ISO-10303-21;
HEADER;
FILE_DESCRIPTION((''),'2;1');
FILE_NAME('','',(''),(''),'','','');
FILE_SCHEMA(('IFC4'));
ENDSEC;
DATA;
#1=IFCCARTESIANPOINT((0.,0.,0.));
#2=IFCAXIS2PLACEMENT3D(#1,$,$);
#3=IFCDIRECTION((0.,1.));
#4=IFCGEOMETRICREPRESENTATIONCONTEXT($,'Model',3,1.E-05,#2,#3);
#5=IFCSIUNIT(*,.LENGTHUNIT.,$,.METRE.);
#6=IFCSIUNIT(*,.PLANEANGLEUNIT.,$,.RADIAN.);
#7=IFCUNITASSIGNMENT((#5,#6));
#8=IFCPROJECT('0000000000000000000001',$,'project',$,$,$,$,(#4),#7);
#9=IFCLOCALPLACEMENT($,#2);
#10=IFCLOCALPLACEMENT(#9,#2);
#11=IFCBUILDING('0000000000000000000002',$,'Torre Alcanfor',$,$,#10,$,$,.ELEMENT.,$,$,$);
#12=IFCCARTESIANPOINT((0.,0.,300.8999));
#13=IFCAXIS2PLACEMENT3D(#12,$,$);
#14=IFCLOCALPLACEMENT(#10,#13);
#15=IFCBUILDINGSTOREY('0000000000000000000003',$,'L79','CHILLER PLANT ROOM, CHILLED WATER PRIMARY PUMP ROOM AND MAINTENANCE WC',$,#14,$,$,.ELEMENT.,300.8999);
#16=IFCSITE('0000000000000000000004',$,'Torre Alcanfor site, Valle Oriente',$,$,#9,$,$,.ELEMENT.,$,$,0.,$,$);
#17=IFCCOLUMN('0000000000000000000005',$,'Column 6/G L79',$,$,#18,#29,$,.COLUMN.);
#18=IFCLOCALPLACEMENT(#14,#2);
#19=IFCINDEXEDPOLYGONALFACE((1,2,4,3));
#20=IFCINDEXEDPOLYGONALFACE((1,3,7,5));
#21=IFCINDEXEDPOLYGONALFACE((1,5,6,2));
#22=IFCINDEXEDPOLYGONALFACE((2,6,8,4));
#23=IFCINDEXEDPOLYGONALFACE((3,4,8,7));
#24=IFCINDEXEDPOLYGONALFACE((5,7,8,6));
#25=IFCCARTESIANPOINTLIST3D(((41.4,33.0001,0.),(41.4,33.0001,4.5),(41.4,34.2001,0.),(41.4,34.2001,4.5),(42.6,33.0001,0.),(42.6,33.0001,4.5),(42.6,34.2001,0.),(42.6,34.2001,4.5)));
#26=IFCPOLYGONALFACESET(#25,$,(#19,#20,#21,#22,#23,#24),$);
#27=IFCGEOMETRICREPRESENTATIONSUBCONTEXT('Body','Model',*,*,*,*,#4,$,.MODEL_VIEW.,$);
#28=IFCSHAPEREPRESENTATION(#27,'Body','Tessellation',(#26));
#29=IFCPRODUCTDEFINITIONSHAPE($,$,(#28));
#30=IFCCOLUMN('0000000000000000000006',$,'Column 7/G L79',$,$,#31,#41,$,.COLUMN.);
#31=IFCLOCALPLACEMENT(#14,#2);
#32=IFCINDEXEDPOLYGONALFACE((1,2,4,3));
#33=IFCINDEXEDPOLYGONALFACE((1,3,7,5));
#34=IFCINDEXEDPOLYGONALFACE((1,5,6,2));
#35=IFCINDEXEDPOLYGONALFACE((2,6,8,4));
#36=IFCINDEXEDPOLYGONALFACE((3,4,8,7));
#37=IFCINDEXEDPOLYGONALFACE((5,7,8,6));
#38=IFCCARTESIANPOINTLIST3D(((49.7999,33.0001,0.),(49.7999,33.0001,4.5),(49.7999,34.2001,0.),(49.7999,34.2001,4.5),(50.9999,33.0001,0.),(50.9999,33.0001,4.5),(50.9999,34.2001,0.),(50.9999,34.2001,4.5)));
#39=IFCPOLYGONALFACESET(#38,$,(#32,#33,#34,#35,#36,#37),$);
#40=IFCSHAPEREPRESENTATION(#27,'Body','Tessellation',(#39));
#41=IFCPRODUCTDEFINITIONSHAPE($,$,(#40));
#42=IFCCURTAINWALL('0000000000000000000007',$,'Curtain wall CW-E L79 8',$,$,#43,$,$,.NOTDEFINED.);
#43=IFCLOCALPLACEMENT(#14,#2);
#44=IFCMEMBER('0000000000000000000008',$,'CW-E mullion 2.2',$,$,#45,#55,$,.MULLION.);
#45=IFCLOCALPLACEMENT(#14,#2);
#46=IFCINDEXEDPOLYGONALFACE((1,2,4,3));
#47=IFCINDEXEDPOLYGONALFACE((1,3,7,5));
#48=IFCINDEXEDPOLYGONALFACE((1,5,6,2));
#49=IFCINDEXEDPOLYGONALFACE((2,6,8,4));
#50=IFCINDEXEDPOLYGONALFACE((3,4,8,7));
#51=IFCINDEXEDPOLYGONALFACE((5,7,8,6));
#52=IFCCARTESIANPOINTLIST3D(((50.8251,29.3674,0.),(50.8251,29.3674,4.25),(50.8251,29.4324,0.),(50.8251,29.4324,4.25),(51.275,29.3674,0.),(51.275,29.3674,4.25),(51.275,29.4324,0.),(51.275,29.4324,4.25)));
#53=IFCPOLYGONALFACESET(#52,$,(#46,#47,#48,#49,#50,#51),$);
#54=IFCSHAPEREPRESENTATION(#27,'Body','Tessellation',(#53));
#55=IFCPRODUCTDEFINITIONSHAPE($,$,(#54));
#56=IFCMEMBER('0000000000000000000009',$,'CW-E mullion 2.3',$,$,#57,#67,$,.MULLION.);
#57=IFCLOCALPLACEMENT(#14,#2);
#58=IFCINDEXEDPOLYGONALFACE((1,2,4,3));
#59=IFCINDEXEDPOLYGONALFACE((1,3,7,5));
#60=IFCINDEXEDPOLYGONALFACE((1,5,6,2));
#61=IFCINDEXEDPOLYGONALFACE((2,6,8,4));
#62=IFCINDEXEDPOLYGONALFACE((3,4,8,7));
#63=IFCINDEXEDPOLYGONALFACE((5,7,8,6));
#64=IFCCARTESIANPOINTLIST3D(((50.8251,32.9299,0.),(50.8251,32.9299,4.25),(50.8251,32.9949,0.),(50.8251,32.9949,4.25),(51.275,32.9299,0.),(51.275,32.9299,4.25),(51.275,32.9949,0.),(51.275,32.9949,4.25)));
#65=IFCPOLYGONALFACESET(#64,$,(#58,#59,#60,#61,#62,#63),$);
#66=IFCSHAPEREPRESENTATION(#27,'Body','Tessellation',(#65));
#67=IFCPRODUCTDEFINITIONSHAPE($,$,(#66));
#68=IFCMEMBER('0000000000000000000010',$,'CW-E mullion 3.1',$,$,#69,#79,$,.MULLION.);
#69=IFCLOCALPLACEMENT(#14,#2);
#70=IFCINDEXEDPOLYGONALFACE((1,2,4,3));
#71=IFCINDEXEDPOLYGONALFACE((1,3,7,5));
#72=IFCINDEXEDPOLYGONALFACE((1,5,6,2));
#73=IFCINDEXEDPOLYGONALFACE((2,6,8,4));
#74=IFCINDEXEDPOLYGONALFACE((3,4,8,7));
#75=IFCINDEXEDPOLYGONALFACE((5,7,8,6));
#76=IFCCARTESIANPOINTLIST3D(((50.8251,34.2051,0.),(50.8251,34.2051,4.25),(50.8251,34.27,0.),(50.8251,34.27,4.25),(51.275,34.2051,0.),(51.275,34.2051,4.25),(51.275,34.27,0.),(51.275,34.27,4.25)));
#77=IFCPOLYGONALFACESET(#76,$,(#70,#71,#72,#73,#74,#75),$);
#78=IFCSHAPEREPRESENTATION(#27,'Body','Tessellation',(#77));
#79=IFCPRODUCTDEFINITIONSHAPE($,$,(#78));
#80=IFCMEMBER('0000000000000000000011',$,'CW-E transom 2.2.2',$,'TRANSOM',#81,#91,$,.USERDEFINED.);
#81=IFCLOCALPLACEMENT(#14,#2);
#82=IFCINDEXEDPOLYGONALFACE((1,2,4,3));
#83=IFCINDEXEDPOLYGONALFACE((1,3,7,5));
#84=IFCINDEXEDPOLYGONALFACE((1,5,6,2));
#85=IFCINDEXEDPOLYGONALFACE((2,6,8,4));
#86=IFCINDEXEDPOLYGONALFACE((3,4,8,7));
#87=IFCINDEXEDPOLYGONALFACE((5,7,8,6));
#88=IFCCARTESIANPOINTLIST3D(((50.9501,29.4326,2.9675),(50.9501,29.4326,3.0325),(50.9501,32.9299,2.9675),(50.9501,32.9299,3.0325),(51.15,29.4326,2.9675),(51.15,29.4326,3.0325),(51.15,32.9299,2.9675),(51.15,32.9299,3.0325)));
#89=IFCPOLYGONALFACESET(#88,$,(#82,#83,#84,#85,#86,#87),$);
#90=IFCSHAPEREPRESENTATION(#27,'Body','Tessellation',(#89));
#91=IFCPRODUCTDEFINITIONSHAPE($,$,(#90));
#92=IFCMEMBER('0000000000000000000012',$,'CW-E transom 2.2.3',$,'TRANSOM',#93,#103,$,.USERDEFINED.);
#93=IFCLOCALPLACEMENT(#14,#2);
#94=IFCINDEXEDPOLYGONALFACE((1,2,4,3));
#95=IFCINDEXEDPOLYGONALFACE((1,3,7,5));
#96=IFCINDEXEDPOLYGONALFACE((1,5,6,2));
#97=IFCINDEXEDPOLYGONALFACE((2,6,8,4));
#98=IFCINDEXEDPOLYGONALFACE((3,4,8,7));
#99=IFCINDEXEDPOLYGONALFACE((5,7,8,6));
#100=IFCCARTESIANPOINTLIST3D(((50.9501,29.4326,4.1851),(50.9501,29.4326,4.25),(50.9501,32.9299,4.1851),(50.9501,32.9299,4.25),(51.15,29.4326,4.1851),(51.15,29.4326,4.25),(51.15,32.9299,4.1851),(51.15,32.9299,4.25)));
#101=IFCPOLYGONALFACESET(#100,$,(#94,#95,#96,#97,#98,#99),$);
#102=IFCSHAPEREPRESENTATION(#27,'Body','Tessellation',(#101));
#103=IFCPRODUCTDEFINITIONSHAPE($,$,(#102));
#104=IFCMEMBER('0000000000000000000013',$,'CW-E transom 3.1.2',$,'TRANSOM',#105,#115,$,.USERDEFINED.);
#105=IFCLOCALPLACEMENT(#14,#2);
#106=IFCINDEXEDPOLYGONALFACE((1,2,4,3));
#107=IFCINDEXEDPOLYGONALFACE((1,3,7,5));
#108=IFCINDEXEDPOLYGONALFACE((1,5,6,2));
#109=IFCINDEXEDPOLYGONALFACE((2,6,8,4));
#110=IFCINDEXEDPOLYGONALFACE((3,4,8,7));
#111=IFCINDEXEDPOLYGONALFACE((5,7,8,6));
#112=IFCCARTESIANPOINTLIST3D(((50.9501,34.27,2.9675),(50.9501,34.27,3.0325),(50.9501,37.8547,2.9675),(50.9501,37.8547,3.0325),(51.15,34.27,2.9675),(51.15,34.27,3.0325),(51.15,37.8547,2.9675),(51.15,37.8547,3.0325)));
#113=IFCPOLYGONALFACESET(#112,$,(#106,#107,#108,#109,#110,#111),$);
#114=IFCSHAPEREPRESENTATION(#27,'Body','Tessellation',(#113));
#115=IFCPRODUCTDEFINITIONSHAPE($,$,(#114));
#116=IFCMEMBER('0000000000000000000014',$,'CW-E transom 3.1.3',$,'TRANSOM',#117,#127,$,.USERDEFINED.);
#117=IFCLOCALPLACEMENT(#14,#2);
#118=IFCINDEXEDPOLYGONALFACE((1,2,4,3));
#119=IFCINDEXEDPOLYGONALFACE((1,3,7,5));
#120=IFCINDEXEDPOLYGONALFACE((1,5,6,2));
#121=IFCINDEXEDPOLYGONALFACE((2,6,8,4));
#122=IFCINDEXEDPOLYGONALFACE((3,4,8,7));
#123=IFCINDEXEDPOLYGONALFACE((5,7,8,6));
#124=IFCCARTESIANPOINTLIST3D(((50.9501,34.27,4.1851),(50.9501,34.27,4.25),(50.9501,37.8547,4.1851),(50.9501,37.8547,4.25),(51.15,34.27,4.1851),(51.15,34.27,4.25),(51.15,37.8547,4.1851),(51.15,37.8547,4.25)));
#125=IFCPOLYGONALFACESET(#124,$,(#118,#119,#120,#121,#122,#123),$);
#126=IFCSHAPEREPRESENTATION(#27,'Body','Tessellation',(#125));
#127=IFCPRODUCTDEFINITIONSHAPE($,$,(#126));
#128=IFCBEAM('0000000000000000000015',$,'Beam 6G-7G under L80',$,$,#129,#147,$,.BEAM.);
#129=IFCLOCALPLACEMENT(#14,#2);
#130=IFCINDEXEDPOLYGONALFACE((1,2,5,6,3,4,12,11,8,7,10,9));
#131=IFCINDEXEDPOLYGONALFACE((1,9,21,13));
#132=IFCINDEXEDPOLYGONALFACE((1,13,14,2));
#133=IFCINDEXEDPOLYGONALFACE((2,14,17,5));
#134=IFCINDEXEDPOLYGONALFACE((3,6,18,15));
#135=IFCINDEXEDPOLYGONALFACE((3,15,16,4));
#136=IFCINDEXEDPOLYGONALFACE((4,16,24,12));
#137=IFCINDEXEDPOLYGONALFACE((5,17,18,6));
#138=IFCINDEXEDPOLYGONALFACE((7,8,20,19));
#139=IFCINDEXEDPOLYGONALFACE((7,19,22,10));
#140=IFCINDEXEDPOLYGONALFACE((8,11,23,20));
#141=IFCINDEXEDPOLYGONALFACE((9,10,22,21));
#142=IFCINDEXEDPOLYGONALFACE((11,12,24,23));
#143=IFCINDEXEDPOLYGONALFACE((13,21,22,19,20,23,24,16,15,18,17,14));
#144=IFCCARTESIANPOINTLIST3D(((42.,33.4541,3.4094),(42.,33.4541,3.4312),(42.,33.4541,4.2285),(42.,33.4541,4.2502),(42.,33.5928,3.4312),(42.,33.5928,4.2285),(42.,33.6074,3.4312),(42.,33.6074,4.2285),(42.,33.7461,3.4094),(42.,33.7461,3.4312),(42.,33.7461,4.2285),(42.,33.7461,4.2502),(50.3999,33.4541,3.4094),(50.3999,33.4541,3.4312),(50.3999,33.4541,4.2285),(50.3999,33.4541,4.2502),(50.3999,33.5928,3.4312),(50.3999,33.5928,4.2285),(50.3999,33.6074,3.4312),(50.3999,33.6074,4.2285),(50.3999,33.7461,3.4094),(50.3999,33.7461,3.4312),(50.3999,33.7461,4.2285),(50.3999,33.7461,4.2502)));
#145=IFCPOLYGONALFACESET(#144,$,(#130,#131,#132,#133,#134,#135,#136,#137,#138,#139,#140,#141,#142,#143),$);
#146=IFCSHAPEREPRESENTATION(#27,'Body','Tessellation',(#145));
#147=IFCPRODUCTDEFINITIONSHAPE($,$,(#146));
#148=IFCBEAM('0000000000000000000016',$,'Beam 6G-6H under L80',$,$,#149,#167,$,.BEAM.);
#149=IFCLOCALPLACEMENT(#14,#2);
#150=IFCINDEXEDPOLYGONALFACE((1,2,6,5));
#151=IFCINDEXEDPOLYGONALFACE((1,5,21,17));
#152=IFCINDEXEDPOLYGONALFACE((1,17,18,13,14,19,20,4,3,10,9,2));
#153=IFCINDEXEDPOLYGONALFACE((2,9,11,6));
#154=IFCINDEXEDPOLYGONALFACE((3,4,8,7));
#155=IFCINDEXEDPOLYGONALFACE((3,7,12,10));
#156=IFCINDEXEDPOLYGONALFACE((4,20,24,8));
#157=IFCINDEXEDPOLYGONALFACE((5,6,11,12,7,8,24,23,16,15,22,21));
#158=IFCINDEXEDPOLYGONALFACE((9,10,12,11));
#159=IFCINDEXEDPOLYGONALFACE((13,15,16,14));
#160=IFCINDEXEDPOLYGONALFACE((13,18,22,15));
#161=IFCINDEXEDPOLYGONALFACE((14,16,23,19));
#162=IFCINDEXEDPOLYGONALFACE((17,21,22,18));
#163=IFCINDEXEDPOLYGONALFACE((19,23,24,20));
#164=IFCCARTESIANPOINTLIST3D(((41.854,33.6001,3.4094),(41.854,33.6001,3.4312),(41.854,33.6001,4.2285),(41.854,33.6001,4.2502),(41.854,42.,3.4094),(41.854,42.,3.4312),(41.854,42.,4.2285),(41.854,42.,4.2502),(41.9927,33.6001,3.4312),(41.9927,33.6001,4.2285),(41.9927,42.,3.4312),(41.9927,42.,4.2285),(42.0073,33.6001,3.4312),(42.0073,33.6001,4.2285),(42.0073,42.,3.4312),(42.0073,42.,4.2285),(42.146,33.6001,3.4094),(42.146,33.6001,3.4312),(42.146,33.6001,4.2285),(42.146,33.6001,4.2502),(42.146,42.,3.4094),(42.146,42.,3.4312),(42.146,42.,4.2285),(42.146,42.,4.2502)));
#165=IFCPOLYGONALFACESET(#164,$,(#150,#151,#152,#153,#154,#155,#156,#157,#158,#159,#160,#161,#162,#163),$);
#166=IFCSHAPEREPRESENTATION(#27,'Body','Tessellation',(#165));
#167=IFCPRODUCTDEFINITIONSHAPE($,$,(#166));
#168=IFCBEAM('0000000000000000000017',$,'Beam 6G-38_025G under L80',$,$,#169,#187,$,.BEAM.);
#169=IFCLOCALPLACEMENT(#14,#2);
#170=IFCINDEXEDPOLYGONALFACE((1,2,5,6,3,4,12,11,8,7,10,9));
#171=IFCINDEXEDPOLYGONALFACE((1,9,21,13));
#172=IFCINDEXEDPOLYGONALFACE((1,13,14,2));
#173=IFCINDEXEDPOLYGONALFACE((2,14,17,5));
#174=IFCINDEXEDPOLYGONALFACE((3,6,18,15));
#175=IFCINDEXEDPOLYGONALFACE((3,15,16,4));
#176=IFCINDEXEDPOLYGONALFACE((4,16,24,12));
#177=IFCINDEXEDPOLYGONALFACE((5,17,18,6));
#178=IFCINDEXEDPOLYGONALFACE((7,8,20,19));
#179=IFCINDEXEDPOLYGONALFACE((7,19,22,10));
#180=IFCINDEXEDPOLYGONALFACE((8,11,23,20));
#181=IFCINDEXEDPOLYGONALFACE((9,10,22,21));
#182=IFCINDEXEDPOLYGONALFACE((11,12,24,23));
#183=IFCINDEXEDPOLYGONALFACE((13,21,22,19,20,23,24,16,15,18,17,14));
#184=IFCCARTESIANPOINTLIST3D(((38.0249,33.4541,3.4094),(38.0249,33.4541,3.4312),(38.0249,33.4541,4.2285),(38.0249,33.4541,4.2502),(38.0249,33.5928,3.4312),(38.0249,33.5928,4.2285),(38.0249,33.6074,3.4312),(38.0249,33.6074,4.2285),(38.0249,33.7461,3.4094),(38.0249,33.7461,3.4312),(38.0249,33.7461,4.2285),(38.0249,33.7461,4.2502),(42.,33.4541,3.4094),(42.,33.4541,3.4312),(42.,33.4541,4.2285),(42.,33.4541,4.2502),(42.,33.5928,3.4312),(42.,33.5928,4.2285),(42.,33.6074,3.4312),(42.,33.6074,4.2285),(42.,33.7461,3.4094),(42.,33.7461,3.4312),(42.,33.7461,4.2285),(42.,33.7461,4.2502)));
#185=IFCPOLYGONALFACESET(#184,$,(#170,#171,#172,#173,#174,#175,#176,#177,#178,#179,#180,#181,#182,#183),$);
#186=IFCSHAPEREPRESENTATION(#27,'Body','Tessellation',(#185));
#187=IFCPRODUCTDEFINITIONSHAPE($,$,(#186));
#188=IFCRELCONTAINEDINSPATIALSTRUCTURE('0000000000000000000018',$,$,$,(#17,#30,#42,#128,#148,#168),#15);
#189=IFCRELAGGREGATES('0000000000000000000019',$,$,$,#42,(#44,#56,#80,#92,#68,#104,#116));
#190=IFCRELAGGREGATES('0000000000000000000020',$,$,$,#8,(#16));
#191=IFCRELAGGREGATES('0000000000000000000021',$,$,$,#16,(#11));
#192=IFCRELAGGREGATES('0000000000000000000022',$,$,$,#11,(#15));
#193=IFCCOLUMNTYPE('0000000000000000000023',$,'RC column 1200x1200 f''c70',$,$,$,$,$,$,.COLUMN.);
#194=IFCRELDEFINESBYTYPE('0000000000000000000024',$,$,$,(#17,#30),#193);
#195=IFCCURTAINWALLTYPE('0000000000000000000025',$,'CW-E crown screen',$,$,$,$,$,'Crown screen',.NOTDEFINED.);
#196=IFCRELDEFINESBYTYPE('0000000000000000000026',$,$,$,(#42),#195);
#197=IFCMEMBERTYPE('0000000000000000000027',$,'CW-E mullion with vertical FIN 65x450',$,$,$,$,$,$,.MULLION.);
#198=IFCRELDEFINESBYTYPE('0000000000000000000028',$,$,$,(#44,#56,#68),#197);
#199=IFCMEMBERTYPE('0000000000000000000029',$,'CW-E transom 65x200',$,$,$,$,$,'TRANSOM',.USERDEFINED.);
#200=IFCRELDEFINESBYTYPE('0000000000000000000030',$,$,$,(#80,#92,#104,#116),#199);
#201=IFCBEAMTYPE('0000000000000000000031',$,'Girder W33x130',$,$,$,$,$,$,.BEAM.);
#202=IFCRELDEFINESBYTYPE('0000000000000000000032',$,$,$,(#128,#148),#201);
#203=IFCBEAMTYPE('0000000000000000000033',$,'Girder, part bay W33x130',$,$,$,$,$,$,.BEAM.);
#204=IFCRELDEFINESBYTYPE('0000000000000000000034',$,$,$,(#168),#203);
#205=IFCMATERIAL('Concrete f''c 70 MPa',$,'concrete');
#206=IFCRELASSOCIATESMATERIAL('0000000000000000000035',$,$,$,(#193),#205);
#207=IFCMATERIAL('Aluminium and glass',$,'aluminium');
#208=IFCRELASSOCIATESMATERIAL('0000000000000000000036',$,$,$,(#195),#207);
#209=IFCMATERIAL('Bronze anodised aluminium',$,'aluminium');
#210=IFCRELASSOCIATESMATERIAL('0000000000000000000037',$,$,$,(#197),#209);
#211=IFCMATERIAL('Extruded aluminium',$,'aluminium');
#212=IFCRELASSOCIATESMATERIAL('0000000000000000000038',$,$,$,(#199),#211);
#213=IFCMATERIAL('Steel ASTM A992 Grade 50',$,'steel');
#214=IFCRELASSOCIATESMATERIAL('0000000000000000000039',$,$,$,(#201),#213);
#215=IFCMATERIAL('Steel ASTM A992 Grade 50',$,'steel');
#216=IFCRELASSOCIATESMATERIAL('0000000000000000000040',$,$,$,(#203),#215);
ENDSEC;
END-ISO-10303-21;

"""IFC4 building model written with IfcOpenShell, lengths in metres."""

from ifc_helpers import new_model, si_unit, direction, frame, origin, origin_2d, place, context, subcontext, project, spatial, rectangle, i_section, extrude, material, material_profile, profile_set, type_object, element, aggregate, save


model = new_model("IFC4")

# Units and contexts
model_context = context("Model", 3, precision=1e-05, world=origin(), true_north=direction((0.0, 1.0)))
body_context = subcontext(model_context, "Body", "Model", "MODEL_VIEW")
ifc_project = project(units=[si_unit("LENGTHUNIT", "METRE"), si_unit("PLANEANGLEUNIT", "RADIAN")], contexts=[model_context])

# Site, building, storey
site_placement = place(None, origin())
site = spatial("IfcSite", under=ifc_project, at=site_placement, Name="Torre Alcanfor site, Valle Oriente", CompositionType="ELEMENT", RefElevation=0.0)
building_placement = place(site_placement, origin())
building = spatial("IfcBuilding", under=site, at=building_placement, Name="Torre Alcanfor", CompositionType="ELEMENT")
storey_placement = place(building_placement, frame((0.0, 0.0, 300.8999)))
storey = spatial("IfcBuildingStorey", under=building, at=storey_placement, Name="L79", Description="CHILLER PLANT ROOM, CHILLED WATER PRIMARY PUMP ROOM AND MAINTENANCE WC", CompositionType="ELEMENT", Elevation=300.8999)

# Columns
ifc_material_1 = material(Name="Concrete f'c 70 MPa", Category="concrete")
ifc_material_profile_1 = material_profile(ifc_material_1, rectangle(XDim=1.2, YDim=1.2, at=origin_2d()), Name="1200x1200")
ifc_profile_set_1 = profile_set([ifc_material_profile_1], Name="Concrete f'c 70 MPa")
column_type = type_object("IfcColumnType", Name="RC column 1200x1200 f'c70", PredefinedType="COLUMN", material=ifc_profile_set_1)
for number, where, z_axis, x_axis, name in (
    (1, (42.0, 33.6001, 0.0), (0.0, 0.0, 1.0), (1.0, 0.0, 0.0), "Column 6/G L79"),
    (2, (50.3999, 33.6001, 0.0), (0.0, 0.0, 1.0), (1.0, 0.0, 0.0), "Column 7/G L79"),
):
    element("IfcColumn", number, at=place(storey_placement, frame(where, z_axis=z_axis, x_axis=x_axis)), inside=storey, type_object=column_type, Name=name, PredefinedType="COLUMN", context=body_context, shape_type="SweptSolid", body=[
        extrude(rectangle(XDim=1.2, YDim=1.2, at=origin_2d()), origin(), (0.0, 0.0, 1.0), 4.5),
    ])

# Curtain wall, members
ifc_material_2 = material(Name="Aluminium and glass", Category="aluminium")
curtain_wall_type = type_object("IfcCurtainWallType", Name="CW-E crown screen", ElementType="Crown screen", PredefinedType="NOTDEFINED", material=ifc_material_2)
curtain_wall_placement = place(storey_placement, origin())
curtain_wall = element("IfcCurtainWall", 3, at=curtain_wall_placement, inside=storey, type_object=curtain_wall_type, Name="Curtain wall CW-E L79 8", PredefinedType="NOTDEFINED")
ifc_material_3 = material(Name="Bronze anodised aluminium", Category="aluminium")
ifc_material_profile_2 = material_profile(ifc_material_3, rectangle(XDim=0.45, YDim=0.0649, at=origin_2d()), Name="CW-E mullion 65x450")
ifc_profile_set_2 = profile_set([ifc_material_profile_2], Name="Bronze anodised aluminium")
member_type_1 = type_object("IfcMemberType", Name="CW-E mullion with vertical FIN 65x450", PredefinedType="MULLION", material=ifc_profile_set_2)
member_1_placement = place(storey_placement, frame((51.05, 29.3999, 0.0), z_axis=(0.0, 0.0, 1.0), x_axis=(-1.0, 0.0, 0.0)))
member_1 = element("IfcMember", 4, at=member_1_placement, type_object=member_type_1, Name="CW-E mullion 2.2", PredefinedType="MULLION", context=body_context, shape_type="SweptSolid", body=[
    extrude(rectangle(XDim=0.45, YDim=0.0649, at=origin_2d()), origin(), (0.0, 0.0, 1.0), 4.25),
])
member_2_placement = place(storey_placement, frame((51.05, 32.9624, 0.0), z_axis=(0.0, 0.0, 1.0), x_axis=(-1.0, 0.0, 0.0)))
member_2 = element("IfcMember", 5, at=member_2_placement, type_object=member_type_1, Name="CW-E mullion 2.3", PredefinedType="MULLION", context=body_context, shape_type="SweptSolid", body=[
    extrude(rectangle(XDim=0.45, YDim=0.0649, at=origin_2d()), origin(), (0.0, 0.0, 1.0), 4.25),
])
member_3_placement = place(storey_placement, frame((51.05, 34.2375, 0.0), z_axis=(0.0, 0.0, 1.0), x_axis=(-1.0, 0.0, 0.0)))
member_3 = element("IfcMember", 6, at=member_3_placement, type_object=member_type_1, Name="CW-E mullion 3.1", PredefinedType="MULLION", context=body_context, shape_type="SweptSolid", body=[
    extrude(rectangle(XDim=0.45, YDim=0.0649, at=origin_2d()), origin(), (0.0, 0.0, 1.0), 4.25),
])
ifc_material_4 = material(Name="Extruded aluminium", Category="aluminium")
ifc_material_profile_3 = material_profile(ifc_material_4, rectangle(XDim=0.2, YDim=0.0649, at=origin_2d()), Name="CW-E transom 200x65")
ifc_profile_set_3 = profile_set([ifc_material_profile_3], Name="Extruded aluminium")
member_type_2 = type_object("IfcMemberType", Name="CW-E transom 65x200", ElementType="TRANSOM", PredefinedType="USERDEFINED", material=ifc_profile_set_3)
member_4_placement = place(storey_placement, frame((51.05, 29.4326, 3.0), z_axis=(0.0, 1.0, 0.0), x_axis=(-1.0, 0.0, 0.0)))
member_4 = element("IfcMember", 7, at=member_4_placement, type_object=member_type_2, Name="CW-E transom 2.2.2", ObjectType="TRANSOM", PredefinedType="USERDEFINED", context=body_context, shape_type="SweptSolid", body=[
    extrude(rectangle(XDim=0.2, YDim=0.0649, at=origin_2d()), origin(), (0.0, 0.0, 1.0), 3.4973),
])
member_5_placement = place(storey_placement, frame((51.05, 29.4326, 4.2175), z_axis=(0.0, 1.0, 0.0), x_axis=(-1.0, 0.0, 0.0)))
member_5 = element("IfcMember", 8, at=member_5_placement, type_object=member_type_2, Name="CW-E transom 2.2.3", ObjectType="TRANSOM", PredefinedType="USERDEFINED", context=body_context, shape_type="SweptSolid", body=[
    extrude(rectangle(XDim=0.2, YDim=0.0649, at=origin_2d()), origin(), (0.0, 0.0, 1.0), 3.4973),
])
member_6_placement = place(storey_placement, frame((51.05, 34.27, 3.0), z_axis=(0.0, 1.0, 0.0), x_axis=(-1.0, 0.0, 0.0)))
member_6 = element("IfcMember", 9, at=member_6_placement, type_object=member_type_2, Name="CW-E transom 3.1.2", ObjectType="TRANSOM", PredefinedType="USERDEFINED", context=body_context, shape_type="SweptSolid", body=[
    extrude(rectangle(XDim=0.2, YDim=0.0649, at=origin_2d()), origin(), (0.0, 0.0, 1.0), 3.5847),
])
member_7_placement = place(storey_placement, frame((51.05, 34.27, 4.2175), z_axis=(0.0, 1.0, 0.0), x_axis=(-1.0, 0.0, 0.0)))
member_7 = element("IfcMember", 10, at=member_7_placement, type_object=member_type_2, Name="CW-E transom 3.1.3", ObjectType="TRANSOM", PredefinedType="USERDEFINED", context=body_context, shape_type="SweptSolid", body=[
    extrude(rectangle(XDim=0.2, YDim=0.0649, at=origin_2d()), origin(), (0.0, 0.0, 1.0), 3.5847),
])

# Beams
ifc_material_5 = material(Name="Steel ASTM A992 Grade 50", Category="steel")
ifc_material_profile_4 = material_profile(ifc_material_5, i_section(OverallWidth=0.292, OverallDepth=0.8408, WebThickness=0.0146, FlangeThickness=0.0217, at=origin_2d()), Name="W33x130")
ifc_profile_set_4 = profile_set([ifc_material_profile_4], Name="Steel ASTM A992 Grade 50")
beam_type_1 = type_object("IfcBeamType", Name="Girder W33x130", PredefinedType="BEAM", material=ifc_profile_set_4)
for number, where, z_axis, x_axis, name in (
    (11, (42.0, 33.6001, 3.8298), (1.0, 0.0, 0.0), (0.0, 1.0, 0.0), "Beam 6G-7G under L80"),
    (12, (42.0, 33.6001, 3.8298), (0.0, 1.0, 0.0), (-1.0, 0.0, 0.0), "Beam 6G-6H under L80"),
):
    element("IfcBeam", number, at=place(storey_placement, frame(where, z_axis=z_axis, x_axis=x_axis)), inside=storey, type_object=beam_type_1, Name=name, PredefinedType="BEAM", context=body_context, shape_type="SweptSolid", body=[
        extrude(i_section(OverallWidth=0.292, OverallDepth=0.8408, WebThickness=0.0146, FlangeThickness=0.0217, at=origin_2d()), origin(), (0.0, 0.0, 1.0), 8.3999),
    ])
ifc_material_6 = material(Name="Steel ASTM A992 Grade 50", Category="steel")
ifc_material_profile_5 = material_profile(ifc_material_6, i_section(OverallWidth=0.292, OverallDepth=0.8408, WebThickness=0.0146, FlangeThickness=0.0217, at=origin_2d()), Name="W33x130")
ifc_profile_set_5 = profile_set([ifc_material_profile_5], Name="Steel ASTM A992 Grade 50")
beam_type_2 = type_object("IfcBeamType", Name="Girder, part bay W33x130", PredefinedType="BEAM", material=ifc_profile_set_5)
beam_1_placement = place(storey_placement, frame((42.0, 33.6001, 3.8298), z_axis=(-1.0, 0.0, 0.0), x_axis=(0.0, -1.0, 0.0)))
element("IfcBeam", 13, at=beam_1_placement, inside=storey, type_object=beam_type_2, Name="Beam 6G-38_025G under L80", PredefinedType="BEAM", context=body_context, shape_type="SweptSolid", body=[
    extrude(i_section(OverallWidth=0.292, OverallDepth=0.8408, WebThickness=0.0146, FlangeThickness=0.0217, at=origin_2d()), origin(), (0.0, 0.0, 1.0), 3.9751),
])

aggregate(curtain_wall, [member_1, member_2, member_4, member_5, member_3, member_6, member_7])

save(model, "model.ifc")
